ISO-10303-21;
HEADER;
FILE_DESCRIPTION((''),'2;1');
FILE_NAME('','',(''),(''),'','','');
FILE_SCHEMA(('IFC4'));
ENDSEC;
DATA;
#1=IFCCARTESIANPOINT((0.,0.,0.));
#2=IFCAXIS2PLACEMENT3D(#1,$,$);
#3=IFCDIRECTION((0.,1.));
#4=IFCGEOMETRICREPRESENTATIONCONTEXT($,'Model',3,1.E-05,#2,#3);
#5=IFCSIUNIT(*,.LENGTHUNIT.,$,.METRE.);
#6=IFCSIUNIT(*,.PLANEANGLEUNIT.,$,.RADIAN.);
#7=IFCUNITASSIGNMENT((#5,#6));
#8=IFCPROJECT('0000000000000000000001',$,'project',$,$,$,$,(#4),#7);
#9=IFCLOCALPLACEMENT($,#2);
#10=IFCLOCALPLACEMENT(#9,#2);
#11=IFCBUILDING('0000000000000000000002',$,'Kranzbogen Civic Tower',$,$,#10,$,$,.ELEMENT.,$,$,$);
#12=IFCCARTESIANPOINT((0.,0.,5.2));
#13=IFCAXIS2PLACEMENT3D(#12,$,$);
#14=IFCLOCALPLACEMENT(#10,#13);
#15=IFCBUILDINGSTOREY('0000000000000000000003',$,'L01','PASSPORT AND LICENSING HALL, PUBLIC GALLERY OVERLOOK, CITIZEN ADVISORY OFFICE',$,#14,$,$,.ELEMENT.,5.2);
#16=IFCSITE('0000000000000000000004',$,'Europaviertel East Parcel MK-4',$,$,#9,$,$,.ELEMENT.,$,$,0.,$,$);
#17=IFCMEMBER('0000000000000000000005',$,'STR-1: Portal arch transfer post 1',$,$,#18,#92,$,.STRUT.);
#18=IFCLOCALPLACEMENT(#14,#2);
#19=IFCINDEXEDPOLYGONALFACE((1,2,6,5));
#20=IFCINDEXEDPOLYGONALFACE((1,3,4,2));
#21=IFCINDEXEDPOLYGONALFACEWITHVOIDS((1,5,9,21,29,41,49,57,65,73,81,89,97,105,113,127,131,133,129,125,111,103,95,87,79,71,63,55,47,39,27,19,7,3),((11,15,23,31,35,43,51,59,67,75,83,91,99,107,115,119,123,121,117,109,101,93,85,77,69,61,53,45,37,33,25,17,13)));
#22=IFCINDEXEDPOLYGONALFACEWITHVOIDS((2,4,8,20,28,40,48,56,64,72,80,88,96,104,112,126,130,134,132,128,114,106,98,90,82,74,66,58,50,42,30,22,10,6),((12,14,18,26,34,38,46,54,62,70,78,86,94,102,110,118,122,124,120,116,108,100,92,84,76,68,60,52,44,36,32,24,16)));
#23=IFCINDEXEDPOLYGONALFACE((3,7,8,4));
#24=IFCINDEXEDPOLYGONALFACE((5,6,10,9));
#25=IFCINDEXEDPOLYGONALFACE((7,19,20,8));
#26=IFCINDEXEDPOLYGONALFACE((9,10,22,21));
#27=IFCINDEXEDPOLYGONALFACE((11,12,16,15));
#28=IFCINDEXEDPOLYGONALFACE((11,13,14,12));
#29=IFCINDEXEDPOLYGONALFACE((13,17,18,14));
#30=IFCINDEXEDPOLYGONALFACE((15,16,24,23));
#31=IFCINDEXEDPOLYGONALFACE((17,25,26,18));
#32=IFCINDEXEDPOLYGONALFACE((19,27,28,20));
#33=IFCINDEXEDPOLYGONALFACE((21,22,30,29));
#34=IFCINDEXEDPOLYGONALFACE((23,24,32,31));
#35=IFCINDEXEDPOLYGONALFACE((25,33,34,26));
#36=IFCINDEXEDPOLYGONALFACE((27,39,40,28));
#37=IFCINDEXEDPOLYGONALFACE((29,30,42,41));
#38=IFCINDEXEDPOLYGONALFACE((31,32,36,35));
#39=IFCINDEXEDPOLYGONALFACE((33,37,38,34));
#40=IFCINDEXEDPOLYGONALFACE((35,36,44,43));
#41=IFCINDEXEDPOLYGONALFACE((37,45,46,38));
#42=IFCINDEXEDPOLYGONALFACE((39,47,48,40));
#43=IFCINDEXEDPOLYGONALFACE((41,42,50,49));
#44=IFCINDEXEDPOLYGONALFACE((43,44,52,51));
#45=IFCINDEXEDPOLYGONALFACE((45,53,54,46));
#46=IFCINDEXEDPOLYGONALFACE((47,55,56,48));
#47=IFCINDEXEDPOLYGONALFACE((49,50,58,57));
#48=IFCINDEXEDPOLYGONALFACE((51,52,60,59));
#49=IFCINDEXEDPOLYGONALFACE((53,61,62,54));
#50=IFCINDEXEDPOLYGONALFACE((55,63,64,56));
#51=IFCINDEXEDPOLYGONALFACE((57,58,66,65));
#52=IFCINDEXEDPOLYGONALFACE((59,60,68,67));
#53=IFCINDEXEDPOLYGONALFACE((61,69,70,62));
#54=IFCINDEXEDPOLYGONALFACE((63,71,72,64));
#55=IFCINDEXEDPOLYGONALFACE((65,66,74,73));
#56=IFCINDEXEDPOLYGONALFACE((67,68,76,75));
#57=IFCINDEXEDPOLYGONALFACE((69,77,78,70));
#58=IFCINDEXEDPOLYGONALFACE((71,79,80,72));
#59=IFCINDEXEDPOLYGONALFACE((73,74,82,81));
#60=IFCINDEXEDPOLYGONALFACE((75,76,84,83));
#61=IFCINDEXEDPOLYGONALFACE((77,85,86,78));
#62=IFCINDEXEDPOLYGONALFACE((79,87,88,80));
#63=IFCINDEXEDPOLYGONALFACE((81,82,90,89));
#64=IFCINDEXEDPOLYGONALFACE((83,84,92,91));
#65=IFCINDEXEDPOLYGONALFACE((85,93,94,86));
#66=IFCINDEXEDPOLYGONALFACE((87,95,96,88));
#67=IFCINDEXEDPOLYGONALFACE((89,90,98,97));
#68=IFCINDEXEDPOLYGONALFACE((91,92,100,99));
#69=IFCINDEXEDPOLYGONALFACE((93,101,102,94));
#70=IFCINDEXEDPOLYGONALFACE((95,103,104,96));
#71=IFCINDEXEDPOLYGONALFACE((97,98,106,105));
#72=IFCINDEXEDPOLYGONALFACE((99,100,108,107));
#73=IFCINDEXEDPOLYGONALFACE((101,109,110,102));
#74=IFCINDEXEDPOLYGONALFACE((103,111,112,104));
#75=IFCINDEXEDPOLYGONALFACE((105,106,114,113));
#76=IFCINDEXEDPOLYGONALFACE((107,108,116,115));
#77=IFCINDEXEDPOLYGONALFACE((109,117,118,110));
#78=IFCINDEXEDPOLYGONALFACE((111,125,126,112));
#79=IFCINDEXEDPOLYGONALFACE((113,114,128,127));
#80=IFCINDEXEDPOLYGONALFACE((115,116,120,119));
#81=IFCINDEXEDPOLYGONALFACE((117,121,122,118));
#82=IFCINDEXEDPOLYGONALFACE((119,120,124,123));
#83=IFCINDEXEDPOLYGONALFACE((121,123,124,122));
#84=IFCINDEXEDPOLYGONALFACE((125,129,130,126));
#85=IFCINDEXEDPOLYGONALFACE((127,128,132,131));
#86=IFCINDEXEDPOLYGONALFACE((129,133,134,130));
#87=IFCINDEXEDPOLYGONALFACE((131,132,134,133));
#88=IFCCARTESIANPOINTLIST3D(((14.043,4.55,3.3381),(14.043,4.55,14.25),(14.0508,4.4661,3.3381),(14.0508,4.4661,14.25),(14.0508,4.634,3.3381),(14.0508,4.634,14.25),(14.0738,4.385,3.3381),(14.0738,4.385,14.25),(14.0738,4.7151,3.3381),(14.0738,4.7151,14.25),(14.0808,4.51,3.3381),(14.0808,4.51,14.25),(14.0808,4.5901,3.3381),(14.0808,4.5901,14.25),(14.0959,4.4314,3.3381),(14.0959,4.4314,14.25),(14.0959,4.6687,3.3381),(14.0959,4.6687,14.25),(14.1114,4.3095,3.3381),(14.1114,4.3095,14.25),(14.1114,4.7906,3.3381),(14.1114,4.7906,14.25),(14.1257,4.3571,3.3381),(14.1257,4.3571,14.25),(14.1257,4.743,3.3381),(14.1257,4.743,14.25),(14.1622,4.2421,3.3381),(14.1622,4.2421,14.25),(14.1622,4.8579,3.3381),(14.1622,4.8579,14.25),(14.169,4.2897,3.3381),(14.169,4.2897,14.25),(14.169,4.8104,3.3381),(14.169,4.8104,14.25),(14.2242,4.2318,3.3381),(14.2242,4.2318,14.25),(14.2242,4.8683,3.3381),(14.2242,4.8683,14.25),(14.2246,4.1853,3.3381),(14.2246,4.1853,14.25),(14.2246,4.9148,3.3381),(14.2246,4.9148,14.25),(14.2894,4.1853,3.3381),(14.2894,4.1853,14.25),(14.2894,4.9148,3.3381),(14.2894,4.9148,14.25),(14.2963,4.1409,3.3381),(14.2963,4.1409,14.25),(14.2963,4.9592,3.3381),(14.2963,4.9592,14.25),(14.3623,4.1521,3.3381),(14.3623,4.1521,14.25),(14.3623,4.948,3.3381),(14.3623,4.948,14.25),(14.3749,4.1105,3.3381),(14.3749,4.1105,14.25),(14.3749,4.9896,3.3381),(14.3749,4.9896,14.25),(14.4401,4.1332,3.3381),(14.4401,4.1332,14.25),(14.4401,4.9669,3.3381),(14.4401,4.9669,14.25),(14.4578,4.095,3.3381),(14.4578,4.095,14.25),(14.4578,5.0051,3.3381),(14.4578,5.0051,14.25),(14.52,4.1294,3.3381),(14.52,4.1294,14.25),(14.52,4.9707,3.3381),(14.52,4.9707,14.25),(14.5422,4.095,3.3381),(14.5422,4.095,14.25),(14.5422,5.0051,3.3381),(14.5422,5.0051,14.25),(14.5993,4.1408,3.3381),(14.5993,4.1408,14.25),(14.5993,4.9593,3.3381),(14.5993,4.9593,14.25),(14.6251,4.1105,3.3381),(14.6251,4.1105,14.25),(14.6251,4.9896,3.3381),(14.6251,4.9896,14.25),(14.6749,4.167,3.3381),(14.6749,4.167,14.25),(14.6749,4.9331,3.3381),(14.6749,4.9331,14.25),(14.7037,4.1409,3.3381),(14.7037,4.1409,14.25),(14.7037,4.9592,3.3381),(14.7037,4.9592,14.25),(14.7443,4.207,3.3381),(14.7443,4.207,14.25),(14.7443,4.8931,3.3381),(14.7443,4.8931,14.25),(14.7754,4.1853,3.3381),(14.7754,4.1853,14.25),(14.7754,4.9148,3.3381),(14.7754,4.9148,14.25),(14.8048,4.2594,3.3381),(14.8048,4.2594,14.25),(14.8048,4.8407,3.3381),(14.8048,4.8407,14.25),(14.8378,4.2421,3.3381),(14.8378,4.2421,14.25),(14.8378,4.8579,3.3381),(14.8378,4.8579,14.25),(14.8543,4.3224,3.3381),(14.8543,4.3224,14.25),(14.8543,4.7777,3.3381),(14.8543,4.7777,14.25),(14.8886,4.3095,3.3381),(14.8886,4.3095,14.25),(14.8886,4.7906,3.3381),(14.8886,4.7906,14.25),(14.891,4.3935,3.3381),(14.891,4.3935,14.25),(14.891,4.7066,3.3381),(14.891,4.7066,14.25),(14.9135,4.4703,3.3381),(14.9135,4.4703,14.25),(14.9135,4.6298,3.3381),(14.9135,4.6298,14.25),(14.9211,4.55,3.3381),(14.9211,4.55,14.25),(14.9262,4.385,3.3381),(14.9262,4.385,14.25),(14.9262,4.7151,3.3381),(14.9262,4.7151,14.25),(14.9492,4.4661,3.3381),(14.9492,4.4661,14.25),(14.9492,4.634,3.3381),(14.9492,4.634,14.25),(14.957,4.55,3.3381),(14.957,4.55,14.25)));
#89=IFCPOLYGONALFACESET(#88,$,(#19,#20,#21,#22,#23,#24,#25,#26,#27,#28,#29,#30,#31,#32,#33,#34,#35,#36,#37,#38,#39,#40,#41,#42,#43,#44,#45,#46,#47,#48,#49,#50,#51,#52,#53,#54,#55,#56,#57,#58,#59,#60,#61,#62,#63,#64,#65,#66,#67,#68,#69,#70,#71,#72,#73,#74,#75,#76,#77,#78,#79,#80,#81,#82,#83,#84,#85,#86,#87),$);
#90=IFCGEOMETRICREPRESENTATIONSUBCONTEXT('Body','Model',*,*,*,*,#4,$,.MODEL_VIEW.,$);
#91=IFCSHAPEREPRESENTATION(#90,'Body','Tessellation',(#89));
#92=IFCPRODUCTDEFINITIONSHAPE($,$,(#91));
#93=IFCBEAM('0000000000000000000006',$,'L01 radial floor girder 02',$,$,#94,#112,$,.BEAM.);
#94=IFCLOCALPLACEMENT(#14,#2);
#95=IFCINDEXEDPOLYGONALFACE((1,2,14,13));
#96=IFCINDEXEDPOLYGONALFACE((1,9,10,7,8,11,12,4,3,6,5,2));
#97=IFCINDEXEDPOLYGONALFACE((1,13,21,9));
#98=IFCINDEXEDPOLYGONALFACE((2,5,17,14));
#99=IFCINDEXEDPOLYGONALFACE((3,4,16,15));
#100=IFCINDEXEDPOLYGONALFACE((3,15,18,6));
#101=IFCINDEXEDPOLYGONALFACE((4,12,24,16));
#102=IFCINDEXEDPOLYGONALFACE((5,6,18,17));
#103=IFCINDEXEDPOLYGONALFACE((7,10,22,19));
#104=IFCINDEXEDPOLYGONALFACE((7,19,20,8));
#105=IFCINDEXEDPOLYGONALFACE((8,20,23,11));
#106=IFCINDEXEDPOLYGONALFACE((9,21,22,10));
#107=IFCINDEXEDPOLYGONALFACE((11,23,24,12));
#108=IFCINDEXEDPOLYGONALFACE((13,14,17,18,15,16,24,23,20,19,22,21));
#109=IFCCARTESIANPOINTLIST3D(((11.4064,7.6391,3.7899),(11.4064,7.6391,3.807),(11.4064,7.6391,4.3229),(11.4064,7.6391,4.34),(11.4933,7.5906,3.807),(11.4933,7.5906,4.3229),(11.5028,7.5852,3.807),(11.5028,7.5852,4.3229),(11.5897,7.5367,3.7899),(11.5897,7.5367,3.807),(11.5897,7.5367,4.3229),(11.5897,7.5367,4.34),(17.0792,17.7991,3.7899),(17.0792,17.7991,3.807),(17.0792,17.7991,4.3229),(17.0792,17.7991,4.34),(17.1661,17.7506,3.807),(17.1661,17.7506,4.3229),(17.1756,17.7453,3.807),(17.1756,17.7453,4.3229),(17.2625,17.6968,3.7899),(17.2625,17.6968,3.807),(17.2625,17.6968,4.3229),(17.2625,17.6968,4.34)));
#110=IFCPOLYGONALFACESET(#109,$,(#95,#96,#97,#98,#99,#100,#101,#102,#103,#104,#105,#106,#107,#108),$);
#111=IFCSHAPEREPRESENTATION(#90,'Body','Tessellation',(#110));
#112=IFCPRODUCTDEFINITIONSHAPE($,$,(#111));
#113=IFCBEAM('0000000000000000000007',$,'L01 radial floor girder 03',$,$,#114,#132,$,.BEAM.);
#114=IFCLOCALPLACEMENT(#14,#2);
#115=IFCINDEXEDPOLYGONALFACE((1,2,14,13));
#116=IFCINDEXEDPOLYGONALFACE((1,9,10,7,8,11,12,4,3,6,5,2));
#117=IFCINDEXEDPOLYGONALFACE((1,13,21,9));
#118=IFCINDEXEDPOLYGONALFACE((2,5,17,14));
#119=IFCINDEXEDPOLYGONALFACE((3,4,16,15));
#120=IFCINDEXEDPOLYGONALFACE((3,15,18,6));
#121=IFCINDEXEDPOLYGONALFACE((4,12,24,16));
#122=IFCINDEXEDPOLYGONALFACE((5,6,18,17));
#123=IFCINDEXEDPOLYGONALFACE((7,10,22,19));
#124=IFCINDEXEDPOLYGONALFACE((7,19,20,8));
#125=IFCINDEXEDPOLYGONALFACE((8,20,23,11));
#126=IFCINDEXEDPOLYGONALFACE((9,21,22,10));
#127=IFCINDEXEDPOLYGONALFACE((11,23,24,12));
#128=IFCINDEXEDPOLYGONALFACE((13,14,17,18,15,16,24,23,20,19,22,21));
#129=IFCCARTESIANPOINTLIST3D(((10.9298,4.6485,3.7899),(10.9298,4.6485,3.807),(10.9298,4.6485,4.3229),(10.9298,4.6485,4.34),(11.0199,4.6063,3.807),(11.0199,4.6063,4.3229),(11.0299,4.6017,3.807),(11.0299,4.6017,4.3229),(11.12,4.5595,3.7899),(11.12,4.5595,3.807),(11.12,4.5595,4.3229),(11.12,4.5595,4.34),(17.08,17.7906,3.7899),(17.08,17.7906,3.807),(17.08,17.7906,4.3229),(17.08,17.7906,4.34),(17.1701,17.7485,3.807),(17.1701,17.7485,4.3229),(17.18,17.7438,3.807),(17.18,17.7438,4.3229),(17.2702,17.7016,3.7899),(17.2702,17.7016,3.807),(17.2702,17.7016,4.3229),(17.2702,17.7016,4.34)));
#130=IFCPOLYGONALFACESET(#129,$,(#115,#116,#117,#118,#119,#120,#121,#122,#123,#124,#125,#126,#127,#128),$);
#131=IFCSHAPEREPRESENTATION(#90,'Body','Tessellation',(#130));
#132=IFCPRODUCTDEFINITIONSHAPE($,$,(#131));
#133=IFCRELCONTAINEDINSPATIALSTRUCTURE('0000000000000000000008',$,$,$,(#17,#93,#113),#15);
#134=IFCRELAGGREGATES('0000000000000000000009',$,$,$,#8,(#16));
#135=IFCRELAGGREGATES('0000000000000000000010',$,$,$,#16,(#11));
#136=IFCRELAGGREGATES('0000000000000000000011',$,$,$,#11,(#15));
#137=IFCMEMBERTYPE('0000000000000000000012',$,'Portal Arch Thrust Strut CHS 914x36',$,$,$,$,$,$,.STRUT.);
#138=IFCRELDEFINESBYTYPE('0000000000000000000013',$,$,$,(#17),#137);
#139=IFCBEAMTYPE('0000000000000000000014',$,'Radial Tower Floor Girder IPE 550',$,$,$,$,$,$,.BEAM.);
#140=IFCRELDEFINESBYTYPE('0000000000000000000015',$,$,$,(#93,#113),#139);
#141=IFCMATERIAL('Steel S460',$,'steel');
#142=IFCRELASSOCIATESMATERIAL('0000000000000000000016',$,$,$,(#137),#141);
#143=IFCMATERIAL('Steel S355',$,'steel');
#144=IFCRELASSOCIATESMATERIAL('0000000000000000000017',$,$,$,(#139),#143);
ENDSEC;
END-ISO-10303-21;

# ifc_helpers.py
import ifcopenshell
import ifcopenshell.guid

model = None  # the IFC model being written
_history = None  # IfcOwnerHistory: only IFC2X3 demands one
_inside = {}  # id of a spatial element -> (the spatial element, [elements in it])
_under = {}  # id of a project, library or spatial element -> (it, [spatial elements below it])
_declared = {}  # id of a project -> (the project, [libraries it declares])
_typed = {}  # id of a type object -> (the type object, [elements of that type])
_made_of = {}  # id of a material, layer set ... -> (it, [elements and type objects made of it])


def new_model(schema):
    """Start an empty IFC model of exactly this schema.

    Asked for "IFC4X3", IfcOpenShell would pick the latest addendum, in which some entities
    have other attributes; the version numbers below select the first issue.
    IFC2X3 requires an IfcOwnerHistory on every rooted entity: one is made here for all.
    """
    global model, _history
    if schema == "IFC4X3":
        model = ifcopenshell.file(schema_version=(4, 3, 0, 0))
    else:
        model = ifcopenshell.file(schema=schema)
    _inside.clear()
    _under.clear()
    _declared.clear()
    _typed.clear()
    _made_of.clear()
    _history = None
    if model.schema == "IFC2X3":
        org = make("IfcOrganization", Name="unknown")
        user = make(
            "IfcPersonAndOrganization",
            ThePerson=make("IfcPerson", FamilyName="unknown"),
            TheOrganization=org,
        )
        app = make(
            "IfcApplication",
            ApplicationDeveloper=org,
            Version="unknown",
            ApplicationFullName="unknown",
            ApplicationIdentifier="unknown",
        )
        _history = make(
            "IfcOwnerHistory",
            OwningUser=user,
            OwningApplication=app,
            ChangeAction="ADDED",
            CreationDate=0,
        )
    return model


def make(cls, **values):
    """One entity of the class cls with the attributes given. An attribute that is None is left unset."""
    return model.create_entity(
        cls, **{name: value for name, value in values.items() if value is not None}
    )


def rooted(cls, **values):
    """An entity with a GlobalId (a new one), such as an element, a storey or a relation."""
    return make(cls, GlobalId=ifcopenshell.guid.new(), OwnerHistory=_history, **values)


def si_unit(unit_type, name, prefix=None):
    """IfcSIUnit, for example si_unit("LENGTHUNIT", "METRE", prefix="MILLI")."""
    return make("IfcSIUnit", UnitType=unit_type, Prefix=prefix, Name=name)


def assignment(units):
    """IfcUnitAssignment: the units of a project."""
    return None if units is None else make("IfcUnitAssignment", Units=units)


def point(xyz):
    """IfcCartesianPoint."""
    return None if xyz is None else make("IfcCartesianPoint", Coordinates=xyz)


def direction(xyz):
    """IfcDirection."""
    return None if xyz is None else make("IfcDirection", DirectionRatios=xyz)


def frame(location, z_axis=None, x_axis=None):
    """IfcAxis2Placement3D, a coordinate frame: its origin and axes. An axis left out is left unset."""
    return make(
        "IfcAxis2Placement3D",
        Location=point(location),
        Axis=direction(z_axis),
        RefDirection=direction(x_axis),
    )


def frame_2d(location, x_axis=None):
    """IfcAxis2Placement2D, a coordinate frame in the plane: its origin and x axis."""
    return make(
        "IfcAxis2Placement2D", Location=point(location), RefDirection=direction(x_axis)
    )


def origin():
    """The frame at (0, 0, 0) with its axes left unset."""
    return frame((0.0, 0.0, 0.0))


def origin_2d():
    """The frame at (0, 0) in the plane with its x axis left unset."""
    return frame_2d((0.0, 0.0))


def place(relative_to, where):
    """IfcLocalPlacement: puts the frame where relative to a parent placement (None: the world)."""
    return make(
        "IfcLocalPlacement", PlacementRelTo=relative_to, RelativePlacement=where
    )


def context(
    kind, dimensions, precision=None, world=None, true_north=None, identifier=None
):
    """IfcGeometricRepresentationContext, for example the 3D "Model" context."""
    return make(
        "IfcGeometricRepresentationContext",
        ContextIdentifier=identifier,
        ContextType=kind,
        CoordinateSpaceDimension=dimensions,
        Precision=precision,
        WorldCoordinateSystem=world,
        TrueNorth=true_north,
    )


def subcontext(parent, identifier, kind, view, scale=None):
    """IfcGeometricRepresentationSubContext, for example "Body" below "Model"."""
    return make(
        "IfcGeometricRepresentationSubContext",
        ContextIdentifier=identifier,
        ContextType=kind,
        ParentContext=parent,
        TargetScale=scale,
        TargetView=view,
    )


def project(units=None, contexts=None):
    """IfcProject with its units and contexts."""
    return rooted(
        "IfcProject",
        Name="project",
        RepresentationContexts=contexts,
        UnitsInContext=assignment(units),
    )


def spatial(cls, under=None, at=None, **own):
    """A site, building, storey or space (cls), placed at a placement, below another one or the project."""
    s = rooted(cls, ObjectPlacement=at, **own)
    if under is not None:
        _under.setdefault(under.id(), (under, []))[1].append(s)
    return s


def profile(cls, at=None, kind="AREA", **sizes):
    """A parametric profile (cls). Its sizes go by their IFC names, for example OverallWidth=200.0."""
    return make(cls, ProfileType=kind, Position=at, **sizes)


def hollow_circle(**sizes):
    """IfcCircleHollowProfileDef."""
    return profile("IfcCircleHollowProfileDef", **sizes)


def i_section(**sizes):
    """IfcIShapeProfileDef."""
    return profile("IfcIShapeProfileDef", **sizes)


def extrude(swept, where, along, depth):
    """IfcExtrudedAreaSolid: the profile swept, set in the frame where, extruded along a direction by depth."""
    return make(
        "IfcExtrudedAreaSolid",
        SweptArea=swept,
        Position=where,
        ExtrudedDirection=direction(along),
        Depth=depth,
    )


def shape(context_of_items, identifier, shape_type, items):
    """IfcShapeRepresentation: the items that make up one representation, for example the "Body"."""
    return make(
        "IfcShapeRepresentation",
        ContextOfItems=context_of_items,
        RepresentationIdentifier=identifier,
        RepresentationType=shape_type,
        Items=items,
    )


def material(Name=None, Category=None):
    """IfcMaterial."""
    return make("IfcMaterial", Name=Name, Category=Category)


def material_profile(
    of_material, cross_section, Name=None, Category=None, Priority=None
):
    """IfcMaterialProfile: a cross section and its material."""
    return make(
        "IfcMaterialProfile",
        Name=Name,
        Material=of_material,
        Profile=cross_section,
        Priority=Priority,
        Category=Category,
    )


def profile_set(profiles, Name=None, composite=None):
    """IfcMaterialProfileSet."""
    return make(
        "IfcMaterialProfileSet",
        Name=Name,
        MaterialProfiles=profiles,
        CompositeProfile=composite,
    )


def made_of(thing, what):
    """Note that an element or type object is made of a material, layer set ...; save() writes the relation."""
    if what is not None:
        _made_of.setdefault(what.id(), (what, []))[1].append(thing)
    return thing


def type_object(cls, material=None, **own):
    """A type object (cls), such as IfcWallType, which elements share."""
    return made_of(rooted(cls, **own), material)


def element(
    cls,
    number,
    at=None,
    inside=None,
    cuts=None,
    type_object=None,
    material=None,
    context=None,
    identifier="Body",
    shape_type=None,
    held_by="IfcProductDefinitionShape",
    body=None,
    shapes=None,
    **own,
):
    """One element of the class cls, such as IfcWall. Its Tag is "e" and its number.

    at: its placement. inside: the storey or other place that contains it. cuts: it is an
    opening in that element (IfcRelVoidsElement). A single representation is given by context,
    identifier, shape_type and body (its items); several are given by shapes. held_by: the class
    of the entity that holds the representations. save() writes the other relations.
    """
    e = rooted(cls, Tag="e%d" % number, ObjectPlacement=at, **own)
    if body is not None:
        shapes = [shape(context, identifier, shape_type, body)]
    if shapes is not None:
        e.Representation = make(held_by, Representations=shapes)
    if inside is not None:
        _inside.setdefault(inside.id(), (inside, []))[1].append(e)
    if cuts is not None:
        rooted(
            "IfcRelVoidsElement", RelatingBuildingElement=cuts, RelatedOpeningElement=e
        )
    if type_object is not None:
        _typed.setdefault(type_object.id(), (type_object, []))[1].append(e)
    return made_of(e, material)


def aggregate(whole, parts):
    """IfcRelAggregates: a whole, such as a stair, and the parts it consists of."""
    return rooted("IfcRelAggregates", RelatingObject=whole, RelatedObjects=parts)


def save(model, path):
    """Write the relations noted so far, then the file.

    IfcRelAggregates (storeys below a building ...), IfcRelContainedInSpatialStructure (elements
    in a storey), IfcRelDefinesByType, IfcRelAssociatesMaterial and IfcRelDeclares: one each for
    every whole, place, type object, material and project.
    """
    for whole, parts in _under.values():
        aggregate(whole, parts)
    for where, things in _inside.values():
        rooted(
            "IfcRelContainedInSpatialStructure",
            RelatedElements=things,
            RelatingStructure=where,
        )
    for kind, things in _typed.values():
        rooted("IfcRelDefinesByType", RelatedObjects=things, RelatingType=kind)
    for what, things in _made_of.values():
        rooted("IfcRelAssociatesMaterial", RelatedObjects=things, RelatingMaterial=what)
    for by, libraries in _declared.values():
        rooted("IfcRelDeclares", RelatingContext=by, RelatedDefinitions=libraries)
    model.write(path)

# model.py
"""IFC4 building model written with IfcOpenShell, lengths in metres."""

from ifc_helpers import new_model, si_unit, direction, frame, origin, origin_2d, place, context, subcontext, project, spatial, hollow_circle, i_section, extrude, material, material_profile, profile_set, type_object, element, save


model = new_model("IFC4")

# Units and contexts
model_context = context("Model", 3, precision=1e-05, world=origin(), true_north=direction((0.0, 1.0)))
body_context = subcontext(model_context, "Body", "Model", "MODEL_VIEW")
ifc_project = project(units=[si_unit("LENGTHUNIT", "METRE"), si_unit("PLANEANGLEUNIT", "RADIAN")], contexts=[model_context])

# Site, building, storey
site_placement = place(None, origin())
site = spatial("IfcSite", under=ifc_project, at=site_placement, Name="Europaviertel East Parcel MK-4", CompositionType="ELEMENT", RefElevation=0.0)
building_placement = place(site_placement, origin())
building = spatial("IfcBuilding", under=site, at=building_placement, Name="Kranzbogen Civic Tower", CompositionType="ELEMENT")
storey_placement = place(building_placement, frame((0.0, 0.0, 5.2)))
storey = spatial("IfcBuildingStorey", under=building, at=storey_placement, Name="L01", Description="PASSPORT AND LICENSING HALL, PUBLIC GALLERY OVERLOOK, CITIZEN ADVISORY OFFICE", CompositionType="ELEMENT", Elevation=5.2)

# Shared definitions
ifc_material_1 = material(Name="Steel S460", Category="steel")

# Shared definitions
ifc_material_2 = material(Name="Steel S355", Category="steel")

# Member
ifc_material_profile_1 = material_profile(ifc_material_1, hollow_circle(Radius=0.457, WallThickness=0.0359, at=origin_2d()), Name="CHS 914x36")
ifc_profile_set_1 = profile_set([ifc_material_profile_1], Name="Steel S460")
member_type_1 = type_object("IfcMemberType", Name="Portal Arch Thrust Strut CHS 914x36", PredefinedType="STRUT", material=ifc_profile_set_1)
member_1_placement = place(storey_placement, frame((14.5, 4.55, 3.3381), z_axis=(0.0, 0.0, 1.0), x_axis=(1.0, 0.0, 0.0)))
element("IfcMember", 1, at=member_1_placement, inside=storey, type_object=member_type_1, Name="STR-1: Portal arch transfer post 1", PredefinedType="STRUT", context=body_context, shape_type="SweptSolid", body=[
    extrude(hollow_circle(Radius=0.457, WallThickness=0.0359, at=origin_2d()), origin(), (0.0, 0.0, 1.0), 10.9119),
])

# Beams
ifc_material_profile_2 = material_profile(ifc_material_2, i_section(OverallWidth=0.21, OverallDepth=0.55, WebThickness=0.011, FlangeThickness=0.0171, at=origin_2d()), Name="IPE 550")
ifc_profile_set_2 = profile_set([ifc_material_profile_2], Name="Steel S355")
beam_type_1 = type_object("IfcBeamType", Name="Radial Tower Floor Girder IPE 550", PredefinedType="BEAM", material=ifc_profile_set_2)
beam_1_placement = place(storey_placement, frame((11.498, 7.5879, 4.0649), z_axis=(0.487502, 0.873122, 0.0), x_axis=(-0.873122, 0.487502, 0.0)))
element("IfcBeam", 2, at=beam_1_placement, inside=storey, type_object=beam_type_1, Name="L01 radial floor girder 02", PredefinedType="BEAM", context=body_context, shape_type="SweptSolid", body=[
    extrude(i_section(OverallWidth=0.21, OverallDepth=0.55, WebThickness=0.011, FlangeThickness=0.0171, at=origin_2d()), origin(), (0.0, 0.0, 1.0), 11.6365),
])
beam_2_placement = place(storey_placement, frame((11.0249, 4.604, 4.0649), z_axis=(0.423857, 0.905729, 0.0), x_axis=(-0.905729, 0.423857, 0.0)))
element("IfcBeam", 3, at=beam_2_placement, inside=storey, type_object=beam_type_1, Name="L01 radial floor girder 03", PredefinedType="BEAM", context=body_context, shape_type="SweptSolid", body=[
    extrude(i_section(OverallWidth=0.21, OverallDepth=0.55, WebThickness=0.011, FlangeThickness=0.0171, at=origin_2d()), origin(), (0.0, 0.0, 1.0), 14.51),
])

save(model, "model.ifc")
